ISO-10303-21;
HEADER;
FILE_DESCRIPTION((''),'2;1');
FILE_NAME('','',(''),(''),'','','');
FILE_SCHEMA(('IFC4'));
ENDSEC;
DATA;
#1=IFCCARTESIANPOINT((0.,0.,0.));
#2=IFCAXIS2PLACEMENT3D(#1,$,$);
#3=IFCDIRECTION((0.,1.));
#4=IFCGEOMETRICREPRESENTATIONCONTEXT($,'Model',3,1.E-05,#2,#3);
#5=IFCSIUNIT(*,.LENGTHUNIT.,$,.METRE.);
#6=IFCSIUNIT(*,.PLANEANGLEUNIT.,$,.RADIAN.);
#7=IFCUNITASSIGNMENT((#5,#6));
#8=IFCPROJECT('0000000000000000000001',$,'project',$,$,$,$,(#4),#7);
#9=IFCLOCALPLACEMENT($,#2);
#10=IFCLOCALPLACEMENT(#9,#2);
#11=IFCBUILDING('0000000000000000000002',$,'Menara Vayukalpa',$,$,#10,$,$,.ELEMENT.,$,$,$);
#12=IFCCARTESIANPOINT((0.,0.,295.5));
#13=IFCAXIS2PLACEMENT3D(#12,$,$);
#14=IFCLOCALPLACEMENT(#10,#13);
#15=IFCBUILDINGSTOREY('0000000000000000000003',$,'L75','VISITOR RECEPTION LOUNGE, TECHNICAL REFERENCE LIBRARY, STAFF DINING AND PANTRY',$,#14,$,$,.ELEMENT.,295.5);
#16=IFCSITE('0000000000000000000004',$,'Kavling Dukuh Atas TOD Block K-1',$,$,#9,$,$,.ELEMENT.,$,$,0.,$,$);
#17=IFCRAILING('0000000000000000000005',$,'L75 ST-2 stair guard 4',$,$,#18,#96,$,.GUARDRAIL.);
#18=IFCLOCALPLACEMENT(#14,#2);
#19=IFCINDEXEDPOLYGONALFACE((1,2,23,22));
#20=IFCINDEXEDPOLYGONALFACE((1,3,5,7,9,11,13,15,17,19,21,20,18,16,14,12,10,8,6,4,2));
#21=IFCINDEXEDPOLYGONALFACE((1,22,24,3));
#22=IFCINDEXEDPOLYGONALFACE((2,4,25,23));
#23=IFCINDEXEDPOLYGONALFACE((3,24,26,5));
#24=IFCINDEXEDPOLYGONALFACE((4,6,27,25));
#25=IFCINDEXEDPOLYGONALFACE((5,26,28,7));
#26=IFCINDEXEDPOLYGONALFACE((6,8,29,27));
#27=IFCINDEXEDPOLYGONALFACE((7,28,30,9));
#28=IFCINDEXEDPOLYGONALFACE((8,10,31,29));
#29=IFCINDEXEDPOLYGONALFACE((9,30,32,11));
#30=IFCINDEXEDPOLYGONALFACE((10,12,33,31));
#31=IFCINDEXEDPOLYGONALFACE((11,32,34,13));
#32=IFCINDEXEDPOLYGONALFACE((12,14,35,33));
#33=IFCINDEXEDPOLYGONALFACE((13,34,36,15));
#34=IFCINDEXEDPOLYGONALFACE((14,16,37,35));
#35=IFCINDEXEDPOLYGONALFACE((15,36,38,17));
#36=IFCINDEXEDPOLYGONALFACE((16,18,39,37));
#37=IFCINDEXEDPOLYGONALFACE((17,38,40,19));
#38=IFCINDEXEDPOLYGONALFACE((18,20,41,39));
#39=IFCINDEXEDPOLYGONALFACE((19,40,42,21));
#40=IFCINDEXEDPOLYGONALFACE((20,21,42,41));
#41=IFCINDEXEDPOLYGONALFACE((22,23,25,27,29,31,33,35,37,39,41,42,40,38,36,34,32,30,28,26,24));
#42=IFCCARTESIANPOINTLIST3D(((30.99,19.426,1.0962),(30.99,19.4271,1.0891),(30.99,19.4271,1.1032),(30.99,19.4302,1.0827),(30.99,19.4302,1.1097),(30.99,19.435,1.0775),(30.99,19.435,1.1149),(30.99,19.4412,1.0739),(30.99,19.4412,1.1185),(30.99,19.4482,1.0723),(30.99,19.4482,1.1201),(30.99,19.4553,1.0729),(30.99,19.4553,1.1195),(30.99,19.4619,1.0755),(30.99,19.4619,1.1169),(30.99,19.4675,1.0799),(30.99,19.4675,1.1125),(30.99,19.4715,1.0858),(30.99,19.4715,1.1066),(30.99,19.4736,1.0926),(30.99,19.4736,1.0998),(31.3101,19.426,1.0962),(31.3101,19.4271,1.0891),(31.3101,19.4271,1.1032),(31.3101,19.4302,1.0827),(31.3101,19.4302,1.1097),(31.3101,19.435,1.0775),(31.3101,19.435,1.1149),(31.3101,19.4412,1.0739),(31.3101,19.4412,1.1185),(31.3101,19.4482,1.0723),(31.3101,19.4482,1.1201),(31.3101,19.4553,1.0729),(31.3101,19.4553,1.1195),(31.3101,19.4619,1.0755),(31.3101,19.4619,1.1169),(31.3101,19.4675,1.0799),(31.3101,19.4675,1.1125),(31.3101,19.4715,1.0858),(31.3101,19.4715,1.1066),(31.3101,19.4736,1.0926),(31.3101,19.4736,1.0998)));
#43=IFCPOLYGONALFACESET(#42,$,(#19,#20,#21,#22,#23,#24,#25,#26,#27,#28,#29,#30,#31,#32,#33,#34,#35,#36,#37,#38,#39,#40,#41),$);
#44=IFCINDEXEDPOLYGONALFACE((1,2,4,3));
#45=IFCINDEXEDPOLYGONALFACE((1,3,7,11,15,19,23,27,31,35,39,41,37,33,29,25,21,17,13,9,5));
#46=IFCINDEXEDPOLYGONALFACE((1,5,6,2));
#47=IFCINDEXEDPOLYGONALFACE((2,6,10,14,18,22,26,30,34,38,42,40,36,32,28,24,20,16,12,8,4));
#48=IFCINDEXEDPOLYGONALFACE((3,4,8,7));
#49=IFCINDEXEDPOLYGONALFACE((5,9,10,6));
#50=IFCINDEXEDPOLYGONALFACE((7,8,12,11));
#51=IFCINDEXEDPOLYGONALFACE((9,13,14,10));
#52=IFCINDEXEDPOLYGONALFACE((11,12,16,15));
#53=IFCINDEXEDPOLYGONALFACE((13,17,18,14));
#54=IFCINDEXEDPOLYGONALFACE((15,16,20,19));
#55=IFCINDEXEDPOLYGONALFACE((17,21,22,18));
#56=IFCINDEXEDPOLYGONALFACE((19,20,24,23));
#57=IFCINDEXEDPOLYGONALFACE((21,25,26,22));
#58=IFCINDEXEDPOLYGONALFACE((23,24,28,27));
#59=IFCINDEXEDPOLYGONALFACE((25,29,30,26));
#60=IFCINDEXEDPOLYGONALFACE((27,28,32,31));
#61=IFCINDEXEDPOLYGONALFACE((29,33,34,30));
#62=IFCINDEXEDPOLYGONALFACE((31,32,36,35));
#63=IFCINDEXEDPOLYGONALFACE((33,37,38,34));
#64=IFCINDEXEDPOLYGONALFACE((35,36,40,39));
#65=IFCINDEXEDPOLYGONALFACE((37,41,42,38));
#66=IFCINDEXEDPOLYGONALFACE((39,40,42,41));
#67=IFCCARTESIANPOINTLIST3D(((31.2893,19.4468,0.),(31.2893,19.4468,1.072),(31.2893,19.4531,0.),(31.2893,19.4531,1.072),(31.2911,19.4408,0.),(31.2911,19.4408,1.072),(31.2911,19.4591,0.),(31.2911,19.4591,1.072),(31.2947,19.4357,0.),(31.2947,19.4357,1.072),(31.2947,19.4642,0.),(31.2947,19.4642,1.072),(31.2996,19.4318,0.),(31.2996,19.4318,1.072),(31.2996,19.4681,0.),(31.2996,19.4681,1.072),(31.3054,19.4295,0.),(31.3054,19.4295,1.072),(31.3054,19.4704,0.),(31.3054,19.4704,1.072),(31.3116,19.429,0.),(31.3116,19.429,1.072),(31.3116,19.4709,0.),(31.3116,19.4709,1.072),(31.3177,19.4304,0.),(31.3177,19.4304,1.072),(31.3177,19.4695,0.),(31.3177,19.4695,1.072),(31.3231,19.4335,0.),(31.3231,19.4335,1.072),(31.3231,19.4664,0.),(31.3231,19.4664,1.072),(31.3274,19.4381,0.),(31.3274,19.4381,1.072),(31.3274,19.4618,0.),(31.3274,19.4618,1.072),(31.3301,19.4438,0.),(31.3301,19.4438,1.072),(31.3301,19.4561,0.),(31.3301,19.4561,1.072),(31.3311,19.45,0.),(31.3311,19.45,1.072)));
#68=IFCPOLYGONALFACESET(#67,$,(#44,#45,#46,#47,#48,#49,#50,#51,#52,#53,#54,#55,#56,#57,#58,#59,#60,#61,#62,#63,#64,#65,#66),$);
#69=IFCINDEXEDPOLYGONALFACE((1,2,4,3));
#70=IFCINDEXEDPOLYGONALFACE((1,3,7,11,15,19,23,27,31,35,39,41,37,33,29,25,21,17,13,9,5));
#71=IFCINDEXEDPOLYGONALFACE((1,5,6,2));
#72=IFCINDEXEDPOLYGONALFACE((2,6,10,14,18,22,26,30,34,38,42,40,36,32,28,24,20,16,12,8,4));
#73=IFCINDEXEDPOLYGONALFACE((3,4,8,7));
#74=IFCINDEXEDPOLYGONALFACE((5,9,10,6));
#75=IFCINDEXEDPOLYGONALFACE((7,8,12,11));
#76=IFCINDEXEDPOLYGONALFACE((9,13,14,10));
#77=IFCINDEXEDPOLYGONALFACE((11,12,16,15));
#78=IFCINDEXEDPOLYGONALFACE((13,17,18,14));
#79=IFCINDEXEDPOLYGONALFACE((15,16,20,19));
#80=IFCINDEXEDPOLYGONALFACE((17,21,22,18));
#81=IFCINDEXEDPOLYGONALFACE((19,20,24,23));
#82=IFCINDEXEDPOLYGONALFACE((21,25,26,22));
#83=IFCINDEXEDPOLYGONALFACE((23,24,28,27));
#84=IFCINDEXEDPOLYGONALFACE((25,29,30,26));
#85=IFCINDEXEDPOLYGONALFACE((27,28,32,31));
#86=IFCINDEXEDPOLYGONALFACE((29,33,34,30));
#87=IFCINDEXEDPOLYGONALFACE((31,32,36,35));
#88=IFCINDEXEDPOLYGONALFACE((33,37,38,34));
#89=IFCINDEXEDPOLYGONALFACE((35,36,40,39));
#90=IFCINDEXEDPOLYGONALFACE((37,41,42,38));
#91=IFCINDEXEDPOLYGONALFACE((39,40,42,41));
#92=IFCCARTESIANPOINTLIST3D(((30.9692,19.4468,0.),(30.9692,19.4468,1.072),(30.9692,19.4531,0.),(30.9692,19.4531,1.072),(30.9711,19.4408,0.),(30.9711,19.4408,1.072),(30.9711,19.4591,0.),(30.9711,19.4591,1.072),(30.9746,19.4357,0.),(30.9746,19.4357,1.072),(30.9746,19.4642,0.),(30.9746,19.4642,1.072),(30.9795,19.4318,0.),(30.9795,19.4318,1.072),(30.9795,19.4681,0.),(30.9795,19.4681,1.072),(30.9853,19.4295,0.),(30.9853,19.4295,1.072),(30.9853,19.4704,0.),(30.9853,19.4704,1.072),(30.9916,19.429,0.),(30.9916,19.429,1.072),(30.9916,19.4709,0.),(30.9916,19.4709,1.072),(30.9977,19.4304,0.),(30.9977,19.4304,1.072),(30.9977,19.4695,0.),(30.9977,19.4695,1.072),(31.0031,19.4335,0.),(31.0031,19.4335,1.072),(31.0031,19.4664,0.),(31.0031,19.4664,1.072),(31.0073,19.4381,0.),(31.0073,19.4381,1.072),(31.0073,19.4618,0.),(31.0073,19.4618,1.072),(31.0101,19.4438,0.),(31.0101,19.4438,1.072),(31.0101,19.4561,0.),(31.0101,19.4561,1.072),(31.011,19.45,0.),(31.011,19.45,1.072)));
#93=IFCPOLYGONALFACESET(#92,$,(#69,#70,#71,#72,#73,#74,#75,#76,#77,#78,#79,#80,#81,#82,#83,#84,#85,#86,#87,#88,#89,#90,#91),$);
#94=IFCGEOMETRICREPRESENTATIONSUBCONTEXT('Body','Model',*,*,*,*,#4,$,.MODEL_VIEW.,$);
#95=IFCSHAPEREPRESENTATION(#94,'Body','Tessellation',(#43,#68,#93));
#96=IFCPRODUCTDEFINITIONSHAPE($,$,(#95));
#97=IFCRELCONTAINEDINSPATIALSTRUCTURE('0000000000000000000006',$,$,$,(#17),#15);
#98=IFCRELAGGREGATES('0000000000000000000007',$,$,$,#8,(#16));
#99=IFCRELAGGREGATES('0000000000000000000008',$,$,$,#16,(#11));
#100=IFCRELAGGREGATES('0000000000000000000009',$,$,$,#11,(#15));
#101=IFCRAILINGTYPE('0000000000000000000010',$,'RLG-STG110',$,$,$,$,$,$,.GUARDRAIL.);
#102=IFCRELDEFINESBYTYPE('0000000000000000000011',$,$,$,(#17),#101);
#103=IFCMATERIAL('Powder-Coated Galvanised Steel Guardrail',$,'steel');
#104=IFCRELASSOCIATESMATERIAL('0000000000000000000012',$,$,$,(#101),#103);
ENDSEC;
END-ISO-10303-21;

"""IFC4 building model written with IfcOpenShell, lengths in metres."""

from ifc_helpers import new_model, si_unit, direction, frame, origin, origin_2d, place, context, subcontext, project, spatial, circle, extrude, material, type_object, element, save


model = new_model("IFC4")

# Units and contexts
model_context = context("Model", 3, precision=1e-05, world=origin(), true_north=direction((0.0, 1.0)))
body_context = subcontext(model_context, "Body", "Model", "MODEL_VIEW")
ifc_project = project(units=[si_unit("LENGTHUNIT", "METRE"), si_unit("PLANEANGLEUNIT", "RADIAN")], contexts=[model_context])

# Site, building, storey
site_placement = place(None, origin())
site = spatial("IfcSite", under=ifc_project, at=site_placement, Name="Kavling Dukuh Atas TOD Block K-1", CompositionType="ELEMENT", RefElevation=0.0)
building_placement = place(site_placement, origin())
building = spatial("IfcBuilding", under=site, at=building_placement, Name="Menara Vayukalpa", CompositionType="ELEMENT")
storey_placement = place(building_placement, frame((0.0, 0.0, 295.5)))
storey = spatial("IfcBuildingStorey", under=building, at=storey_placement, Name="L75", Description="VISITOR RECEPTION LOUNGE, TECHNICAL REFERENCE LIBRARY, STAFF DINING AND PANTRY", CompositionType="ELEMENT", Elevation=295.5)

# Railing
ifc_material_1 = material(Name="Powder-Coated Galvanised Steel Guardrail", Category="steel")
railing_type_1 = type_object("IfcRailingType", Name="RLG-STG110", PredefinedType="GUARDRAIL", material=ifc_material_1)
railing_1_placement = place(storey_placement, frame((31.3101, 19.45, 0.0)))
element("IfcRailing", 1, at=railing_1_placement, inside=storey, type_object=railing_type_1, Name="L75 ST-2 stair guard 4", PredefinedType="GUARDRAIL", context=body_context, shape_type="SweptSolid", body=[
    extrude(circle(Radius=0.0239, at=origin_2d()), frame((0.0, 0.0, 1.0962), z_axis=(-1.0, 0.0, 0.0), x_axis=(0.0, -1.0, 0.0)), (0.0, 0.0, 1.0), 0.3201),
    extrude(circle(Radius=0.021, at=origin_2d()), origin(), (0.0, 0.0, 1.0), 1.072),
    extrude(circle(Radius=0.021, at=origin_2d()), frame((-0.3201, 0.0, 0.0)), (0.0, 0.0, 1.0), 1.072),
])

save(model, "model.ifc")
